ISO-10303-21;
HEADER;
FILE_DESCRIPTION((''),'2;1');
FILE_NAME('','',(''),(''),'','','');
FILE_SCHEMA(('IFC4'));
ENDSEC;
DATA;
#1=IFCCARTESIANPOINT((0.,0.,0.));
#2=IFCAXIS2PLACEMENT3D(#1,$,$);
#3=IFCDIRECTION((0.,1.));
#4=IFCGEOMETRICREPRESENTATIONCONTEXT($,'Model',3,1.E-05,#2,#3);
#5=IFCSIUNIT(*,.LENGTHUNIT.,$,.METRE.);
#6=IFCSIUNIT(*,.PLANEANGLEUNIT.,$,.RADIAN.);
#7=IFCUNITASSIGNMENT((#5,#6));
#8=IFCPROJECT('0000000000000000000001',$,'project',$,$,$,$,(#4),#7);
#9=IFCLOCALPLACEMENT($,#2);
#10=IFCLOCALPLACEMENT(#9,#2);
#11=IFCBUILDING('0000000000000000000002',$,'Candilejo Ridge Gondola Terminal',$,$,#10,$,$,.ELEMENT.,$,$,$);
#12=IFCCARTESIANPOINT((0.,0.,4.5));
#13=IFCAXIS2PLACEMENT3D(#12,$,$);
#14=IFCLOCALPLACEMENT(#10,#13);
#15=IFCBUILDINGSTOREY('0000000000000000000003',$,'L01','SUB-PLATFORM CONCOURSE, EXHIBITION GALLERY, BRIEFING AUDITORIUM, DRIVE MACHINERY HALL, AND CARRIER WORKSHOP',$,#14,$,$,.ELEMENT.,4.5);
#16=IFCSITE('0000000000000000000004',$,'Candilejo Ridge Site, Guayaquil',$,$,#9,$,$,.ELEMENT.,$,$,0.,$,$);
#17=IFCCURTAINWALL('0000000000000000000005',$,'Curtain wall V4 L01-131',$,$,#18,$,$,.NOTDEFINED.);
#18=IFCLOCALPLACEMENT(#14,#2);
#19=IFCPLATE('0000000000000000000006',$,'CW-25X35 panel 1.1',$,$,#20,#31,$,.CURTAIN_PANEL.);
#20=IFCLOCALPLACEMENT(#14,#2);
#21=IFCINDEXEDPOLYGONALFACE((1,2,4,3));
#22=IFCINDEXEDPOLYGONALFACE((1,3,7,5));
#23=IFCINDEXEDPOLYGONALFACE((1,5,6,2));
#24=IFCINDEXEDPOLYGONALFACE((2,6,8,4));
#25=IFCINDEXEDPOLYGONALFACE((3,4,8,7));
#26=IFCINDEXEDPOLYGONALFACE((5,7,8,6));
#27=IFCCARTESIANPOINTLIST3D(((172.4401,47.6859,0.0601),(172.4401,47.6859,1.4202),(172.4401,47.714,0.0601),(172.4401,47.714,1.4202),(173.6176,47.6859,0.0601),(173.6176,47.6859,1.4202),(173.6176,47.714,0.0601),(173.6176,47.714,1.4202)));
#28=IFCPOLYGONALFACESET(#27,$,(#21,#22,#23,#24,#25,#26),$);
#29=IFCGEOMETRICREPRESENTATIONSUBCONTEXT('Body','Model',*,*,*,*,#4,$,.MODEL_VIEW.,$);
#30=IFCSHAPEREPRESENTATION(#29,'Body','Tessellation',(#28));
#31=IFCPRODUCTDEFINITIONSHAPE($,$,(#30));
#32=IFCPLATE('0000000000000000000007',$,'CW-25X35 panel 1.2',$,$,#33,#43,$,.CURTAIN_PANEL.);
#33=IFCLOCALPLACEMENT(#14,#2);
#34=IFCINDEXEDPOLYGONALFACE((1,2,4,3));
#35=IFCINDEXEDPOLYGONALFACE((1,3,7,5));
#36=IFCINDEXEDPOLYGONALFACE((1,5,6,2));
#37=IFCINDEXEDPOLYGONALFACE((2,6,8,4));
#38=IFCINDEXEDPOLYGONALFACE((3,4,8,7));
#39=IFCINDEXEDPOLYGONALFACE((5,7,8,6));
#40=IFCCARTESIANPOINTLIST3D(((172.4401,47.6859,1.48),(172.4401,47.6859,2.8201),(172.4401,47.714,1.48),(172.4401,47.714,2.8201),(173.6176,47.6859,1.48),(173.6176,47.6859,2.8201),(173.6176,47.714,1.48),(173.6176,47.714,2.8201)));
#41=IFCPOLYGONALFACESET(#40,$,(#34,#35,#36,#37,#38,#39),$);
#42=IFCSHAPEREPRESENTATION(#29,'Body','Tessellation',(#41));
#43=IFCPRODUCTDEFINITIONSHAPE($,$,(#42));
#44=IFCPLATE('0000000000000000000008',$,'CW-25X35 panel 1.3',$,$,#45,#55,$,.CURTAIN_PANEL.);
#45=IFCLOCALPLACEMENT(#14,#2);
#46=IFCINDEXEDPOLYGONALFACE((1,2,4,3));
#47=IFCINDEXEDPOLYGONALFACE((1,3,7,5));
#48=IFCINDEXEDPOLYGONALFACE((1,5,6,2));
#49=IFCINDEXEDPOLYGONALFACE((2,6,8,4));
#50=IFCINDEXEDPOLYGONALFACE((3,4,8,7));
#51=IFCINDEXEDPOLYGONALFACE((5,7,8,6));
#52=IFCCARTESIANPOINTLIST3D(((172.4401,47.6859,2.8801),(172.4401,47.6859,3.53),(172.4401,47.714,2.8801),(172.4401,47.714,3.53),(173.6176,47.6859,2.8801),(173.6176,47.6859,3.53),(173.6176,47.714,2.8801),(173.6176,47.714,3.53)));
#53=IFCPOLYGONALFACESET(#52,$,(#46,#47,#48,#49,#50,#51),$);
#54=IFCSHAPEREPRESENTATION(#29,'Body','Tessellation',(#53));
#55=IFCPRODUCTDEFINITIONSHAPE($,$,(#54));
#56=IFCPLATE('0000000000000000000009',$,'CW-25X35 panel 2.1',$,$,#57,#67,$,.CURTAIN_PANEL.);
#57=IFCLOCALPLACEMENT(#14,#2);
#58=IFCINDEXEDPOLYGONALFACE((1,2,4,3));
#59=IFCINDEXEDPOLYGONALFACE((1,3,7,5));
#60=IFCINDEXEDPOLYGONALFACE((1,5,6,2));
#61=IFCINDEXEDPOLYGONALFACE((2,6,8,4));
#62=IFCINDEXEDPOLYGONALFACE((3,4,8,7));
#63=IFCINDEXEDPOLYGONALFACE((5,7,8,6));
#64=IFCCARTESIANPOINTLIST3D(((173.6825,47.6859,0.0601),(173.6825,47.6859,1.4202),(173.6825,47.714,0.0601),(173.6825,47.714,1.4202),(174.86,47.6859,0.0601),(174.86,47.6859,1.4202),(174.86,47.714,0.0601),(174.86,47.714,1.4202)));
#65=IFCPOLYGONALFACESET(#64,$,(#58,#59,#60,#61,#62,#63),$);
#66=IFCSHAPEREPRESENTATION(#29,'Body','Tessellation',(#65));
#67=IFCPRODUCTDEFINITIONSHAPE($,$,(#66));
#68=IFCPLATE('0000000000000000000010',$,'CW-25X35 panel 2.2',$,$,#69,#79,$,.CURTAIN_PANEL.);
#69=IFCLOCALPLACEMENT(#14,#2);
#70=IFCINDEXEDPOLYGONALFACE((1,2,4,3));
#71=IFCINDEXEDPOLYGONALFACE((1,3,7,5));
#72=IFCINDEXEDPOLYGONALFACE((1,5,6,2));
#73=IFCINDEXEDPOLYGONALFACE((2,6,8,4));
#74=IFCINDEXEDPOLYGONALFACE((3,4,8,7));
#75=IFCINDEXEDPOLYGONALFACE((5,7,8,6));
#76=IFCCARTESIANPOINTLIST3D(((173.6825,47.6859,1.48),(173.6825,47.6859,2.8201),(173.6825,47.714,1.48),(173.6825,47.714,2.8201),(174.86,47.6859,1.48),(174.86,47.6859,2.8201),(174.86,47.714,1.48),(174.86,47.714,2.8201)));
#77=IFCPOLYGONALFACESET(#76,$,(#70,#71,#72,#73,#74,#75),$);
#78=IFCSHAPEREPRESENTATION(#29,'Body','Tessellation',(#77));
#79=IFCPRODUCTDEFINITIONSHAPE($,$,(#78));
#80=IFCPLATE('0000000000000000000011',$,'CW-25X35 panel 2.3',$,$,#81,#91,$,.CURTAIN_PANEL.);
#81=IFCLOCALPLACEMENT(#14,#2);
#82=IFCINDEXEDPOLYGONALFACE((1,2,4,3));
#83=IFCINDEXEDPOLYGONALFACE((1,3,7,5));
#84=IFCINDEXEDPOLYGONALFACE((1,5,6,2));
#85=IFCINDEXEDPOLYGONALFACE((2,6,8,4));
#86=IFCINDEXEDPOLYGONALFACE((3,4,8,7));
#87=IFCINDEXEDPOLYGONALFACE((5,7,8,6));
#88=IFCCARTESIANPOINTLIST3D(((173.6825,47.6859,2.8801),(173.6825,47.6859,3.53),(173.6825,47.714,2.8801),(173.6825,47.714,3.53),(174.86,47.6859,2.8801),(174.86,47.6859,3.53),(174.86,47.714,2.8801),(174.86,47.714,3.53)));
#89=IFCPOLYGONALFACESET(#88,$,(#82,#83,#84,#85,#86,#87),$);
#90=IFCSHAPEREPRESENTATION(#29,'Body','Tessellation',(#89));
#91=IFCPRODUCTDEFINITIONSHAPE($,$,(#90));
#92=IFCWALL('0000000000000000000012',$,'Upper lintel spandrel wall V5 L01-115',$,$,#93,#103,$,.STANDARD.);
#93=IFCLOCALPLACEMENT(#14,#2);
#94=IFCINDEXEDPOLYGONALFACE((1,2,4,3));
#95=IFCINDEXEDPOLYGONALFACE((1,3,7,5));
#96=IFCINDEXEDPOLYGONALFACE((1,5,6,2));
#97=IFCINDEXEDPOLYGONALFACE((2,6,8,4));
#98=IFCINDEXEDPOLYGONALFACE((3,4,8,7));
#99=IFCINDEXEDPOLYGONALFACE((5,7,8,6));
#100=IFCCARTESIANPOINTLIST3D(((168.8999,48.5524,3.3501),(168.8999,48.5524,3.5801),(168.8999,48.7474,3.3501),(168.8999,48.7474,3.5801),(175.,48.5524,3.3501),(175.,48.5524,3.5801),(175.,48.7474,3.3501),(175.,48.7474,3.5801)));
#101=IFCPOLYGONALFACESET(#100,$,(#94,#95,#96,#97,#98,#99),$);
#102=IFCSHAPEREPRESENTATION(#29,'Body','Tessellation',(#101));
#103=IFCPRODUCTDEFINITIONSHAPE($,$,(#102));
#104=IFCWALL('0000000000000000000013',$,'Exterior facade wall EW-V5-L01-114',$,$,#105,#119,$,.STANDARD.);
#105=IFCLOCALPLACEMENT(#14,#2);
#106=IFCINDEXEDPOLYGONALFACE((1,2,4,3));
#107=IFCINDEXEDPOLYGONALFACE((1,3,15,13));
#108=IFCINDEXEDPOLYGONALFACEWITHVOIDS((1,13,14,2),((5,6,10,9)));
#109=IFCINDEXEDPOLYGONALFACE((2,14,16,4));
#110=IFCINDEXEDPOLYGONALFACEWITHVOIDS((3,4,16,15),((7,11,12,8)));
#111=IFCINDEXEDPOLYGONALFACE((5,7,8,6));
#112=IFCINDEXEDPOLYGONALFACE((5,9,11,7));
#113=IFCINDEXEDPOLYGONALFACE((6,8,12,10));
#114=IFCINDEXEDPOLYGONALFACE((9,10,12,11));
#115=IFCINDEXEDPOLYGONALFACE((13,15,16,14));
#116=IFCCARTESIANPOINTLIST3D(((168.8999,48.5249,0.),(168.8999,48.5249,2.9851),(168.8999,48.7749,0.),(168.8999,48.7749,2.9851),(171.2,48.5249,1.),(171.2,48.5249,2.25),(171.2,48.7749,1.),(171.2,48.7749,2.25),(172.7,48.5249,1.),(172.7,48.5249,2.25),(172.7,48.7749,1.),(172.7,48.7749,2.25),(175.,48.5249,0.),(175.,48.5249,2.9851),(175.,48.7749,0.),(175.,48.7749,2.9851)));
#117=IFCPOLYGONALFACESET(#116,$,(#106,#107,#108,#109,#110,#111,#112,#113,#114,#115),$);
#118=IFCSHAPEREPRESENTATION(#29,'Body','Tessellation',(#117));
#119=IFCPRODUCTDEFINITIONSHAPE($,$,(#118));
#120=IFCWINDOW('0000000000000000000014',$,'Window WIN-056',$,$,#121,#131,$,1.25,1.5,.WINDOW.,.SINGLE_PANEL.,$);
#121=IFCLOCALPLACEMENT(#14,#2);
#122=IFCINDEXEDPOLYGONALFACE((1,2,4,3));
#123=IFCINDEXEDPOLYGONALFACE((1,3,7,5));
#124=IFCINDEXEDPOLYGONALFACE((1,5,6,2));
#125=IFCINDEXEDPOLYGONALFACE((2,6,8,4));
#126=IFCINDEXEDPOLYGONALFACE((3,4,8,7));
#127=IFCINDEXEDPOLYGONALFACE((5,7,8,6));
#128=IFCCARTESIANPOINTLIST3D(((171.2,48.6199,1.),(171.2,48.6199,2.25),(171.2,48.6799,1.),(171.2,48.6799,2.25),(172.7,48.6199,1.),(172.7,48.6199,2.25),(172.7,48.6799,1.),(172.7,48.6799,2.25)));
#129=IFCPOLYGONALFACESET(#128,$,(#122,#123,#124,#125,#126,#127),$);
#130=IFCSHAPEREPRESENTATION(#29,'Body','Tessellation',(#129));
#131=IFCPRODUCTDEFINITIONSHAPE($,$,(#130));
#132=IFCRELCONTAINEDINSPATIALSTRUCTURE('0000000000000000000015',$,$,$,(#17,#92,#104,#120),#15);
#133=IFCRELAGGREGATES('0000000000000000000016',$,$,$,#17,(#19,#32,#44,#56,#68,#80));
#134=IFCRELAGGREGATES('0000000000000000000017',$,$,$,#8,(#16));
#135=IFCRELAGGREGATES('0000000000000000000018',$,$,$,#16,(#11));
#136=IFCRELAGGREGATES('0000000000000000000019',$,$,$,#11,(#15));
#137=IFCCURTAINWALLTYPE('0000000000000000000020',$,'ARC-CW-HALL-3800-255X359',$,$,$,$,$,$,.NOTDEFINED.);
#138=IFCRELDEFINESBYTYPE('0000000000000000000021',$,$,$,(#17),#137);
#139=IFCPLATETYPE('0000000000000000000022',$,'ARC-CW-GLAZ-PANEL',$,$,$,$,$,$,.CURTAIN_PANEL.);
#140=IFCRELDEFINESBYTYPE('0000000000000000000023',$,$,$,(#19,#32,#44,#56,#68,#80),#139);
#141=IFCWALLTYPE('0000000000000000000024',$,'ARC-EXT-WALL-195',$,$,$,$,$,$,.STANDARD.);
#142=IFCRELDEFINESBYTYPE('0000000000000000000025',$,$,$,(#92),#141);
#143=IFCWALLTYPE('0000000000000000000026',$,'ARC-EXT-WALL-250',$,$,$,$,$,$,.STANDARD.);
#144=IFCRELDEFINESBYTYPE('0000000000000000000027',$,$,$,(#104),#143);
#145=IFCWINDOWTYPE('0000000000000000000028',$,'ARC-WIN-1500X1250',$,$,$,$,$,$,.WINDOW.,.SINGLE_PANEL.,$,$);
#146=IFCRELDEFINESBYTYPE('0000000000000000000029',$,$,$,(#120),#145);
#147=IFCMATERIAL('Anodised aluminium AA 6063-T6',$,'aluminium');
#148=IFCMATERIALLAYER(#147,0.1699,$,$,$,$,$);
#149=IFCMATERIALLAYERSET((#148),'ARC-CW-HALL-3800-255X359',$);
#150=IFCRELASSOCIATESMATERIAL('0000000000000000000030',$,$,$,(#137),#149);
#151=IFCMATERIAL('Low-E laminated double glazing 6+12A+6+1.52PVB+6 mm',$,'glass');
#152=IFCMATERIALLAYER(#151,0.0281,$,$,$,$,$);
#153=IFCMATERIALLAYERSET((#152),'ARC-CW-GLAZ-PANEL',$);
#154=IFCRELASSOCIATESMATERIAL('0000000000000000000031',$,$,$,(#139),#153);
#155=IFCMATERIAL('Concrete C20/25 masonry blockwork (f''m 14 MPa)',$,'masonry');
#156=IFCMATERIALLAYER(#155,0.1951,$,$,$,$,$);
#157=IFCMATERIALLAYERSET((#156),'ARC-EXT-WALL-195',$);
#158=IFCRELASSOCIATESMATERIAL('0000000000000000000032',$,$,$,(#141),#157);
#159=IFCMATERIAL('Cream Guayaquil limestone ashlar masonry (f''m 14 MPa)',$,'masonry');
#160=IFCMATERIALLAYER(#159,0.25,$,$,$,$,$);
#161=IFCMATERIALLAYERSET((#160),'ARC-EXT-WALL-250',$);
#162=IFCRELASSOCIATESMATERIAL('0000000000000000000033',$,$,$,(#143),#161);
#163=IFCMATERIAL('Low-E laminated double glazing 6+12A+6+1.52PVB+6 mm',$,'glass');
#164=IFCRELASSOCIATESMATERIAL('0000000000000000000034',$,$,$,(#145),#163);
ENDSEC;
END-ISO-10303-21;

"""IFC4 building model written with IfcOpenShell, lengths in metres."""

from ifc_helpers import new_model, si_unit, direction, frame, frame_2d, origin, origin_2d, place, context, subcontext, project, spatial, rectangle, extrude, material, layer, layer_set, type_object, element, fill, aggregate, save


model = new_model("IFC4")

# Units and contexts
model_context = context("Model", 3, precision=1e-05, world=origin(), true_north=direction((0.0, 1.0)))
body_context = subcontext(model_context, "Body", "Model", "MODEL_VIEW")
ifc_project = project(units=[si_unit("LENGTHUNIT", "METRE"), si_unit("PLANEANGLEUNIT", "RADIAN")], contexts=[model_context])

# Site, building, storey
site_placement = place(None, origin())
site = spatial("IfcSite", under=ifc_project, at=site_placement, Name="Candilejo Ridge Site, Guayaquil", CompositionType="ELEMENT", RefElevation=0.0)
building_placement = place(site_placement, origin())
building = spatial("IfcBuilding", under=site, at=building_placement, Name="Candilejo Ridge Gondola Terminal", CompositionType="ELEMENT")
storey_placement = place(building_placement, frame((0.0, 0.0, 4.5)))
storey = spatial("IfcBuildingStorey", under=building, at=storey_placement, Name="L01", Description="SUB-PLATFORM CONCOURSE, EXHIBITION GALLERY, BRIEFING AUDITORIUM, DRIVE MACHINERY HALL, AND CARRIER WORKSHOP", CompositionType="ELEMENT", Elevation=4.5)

# Curtain wall
ifc_material_1 = material(Name="Anodised aluminium AA 6063-T6", Category="aluminium")
ifc_layer_1 = layer(ifc_material_1, 0.1699)
ifc_layer_set_1 = layer_set([ifc_layer_1], Name="ARC-CW-HALL-3800-255X359")
curtain_wall_type = type_object("IfcCurtainWallType", Name="ARC-CW-HALL-3800-255X359", PredefinedType="NOTDEFINED", material=ifc_layer_set_1)
curtain_wall_placement = place(storey_placement, origin())
curtain_wall = element("IfcCurtainWall", 1, at=curtain_wall_placement, inside=storey, type_object=curtain_wall_type, Name="Curtain wall V4 L01-131", PredefinedType="NOTDEFINED")

# Plates
ifc_material_2 = material(Name="Low-E laminated double glazing 6+12A+6+1.52PVB+6 mm", Category="glass")
ifc_layer_2 = layer(ifc_material_2, 0.0281)
ifc_layer_set_2 = layer_set([ifc_layer_2], Name="ARC-CW-GLAZ-PANEL")
plate_type = type_object("IfcPlateType", Name="ARC-CW-GLAZ-PANEL", PredefinedType="CURTAIN_PANEL", material=ifc_layer_set_2)
plate_1_placement = place(storey_placement, frame((173.0288, 47.7, 0.0601), z_axis=(0.0, 0.0, 1.0), x_axis=(1.0, 0.0, 0.0)))
plate_1 = element("IfcPlate", 2, at=plate_1_placement, type_object=plate_type, Name="CW-25X35 panel 1.1", PredefinedType="CURTAIN_PANEL", context=body_context, shape_type="SweptSolid", body=[
    extrude(rectangle(XDim=1.1775, YDim=0.0281, at=origin_2d()), origin(), (0.0, 0.0, 1.0), 1.3601),
])
plate_2_placement = place(storey_placement, frame((173.0288, 47.7, 1.48), z_axis=(0.0, 0.0, 1.0), x_axis=(1.0, 0.0, 0.0)))
plate_2 = element("IfcPlate", 3, at=plate_2_placement, type_object=plate_type, Name="CW-25X35 panel 1.2", PredefinedType="CURTAIN_PANEL", context=body_context, shape_type="SweptSolid", body=[
    extrude(rectangle(XDim=1.1775, YDim=0.0281, at=origin_2d()), origin(), (0.0, 0.0, 1.0), 1.3401),
])
plate_3_placement = place(storey_placement, frame((173.0288, 47.7, 2.8801), z_axis=(0.0, 0.0, 1.0), x_axis=(1.0, 0.0, 0.0)))
plate_3 = element("IfcPlate", 4, at=plate_3_placement, type_object=plate_type, Name="CW-25X35 panel 1.3", PredefinedType="CURTAIN_PANEL", context=body_context, shape_type="SweptSolid", body=[
    extrude(rectangle(XDim=1.1775, YDim=0.0281, at=origin_2d()), origin(), (0.0, 0.0, 1.0), 0.6499),
])
plate_4_placement = place(storey_placement, frame((174.2712, 47.7, 0.0601), z_axis=(0.0, 0.0, 1.0), x_axis=(1.0, 0.0, 0.0)))
plate_4 = element("IfcPlate", 5, at=plate_4_placement, type_object=plate_type, Name="CW-25X35 panel 2.1", PredefinedType="CURTAIN_PANEL", context=body_context, shape_type="SweptSolid", body=[
    extrude(rectangle(XDim=1.1775, YDim=0.0281, at=origin_2d()), origin(), (0.0, 0.0, 1.0), 1.3601),
])
plate_5_placement = place(storey_placement, frame((174.2712, 47.7, 1.48), z_axis=(0.0, 0.0, 1.0), x_axis=(1.0, 0.0, 0.0)))
plate_5 = element("IfcPlate", 6, at=plate_5_placement, type_object=plate_type, Name="CW-25X35 panel 2.2", PredefinedType="CURTAIN_PANEL", context=body_context, shape_type="SweptSolid", body=[
    extrude(rectangle(XDim=1.1775, YDim=0.0281, at=origin_2d()), origin(), (0.0, 0.0, 1.0), 1.3401),
])
plate_6_placement = place(storey_placement, frame((174.2712, 47.7, 2.8801), z_axis=(0.0, 0.0, 1.0), x_axis=(1.0, 0.0, 0.0)))
plate_6 = element("IfcPlate", 7, at=plate_6_placement, type_object=plate_type, Name="CW-25X35 panel 2.3", PredefinedType="CURTAIN_PANEL", context=body_context, shape_type="SweptSolid", body=[
    extrude(rectangle(XDim=1.1775, YDim=0.0281, at=origin_2d()), origin(), (0.0, 0.0, 1.0), 0.6499),
])
aggregate(curtain_wall, [plate_1, plate_2, plate_3, plate_4, plate_5, plate_6])

# Wall
ifc_material_3 = material(Name="Concrete C20/25 masonry blockwork (f'm 14 MPa)", Category="masonry")
ifc_layer_3 = layer(ifc_material_3, 0.1951)
ifc_layer_set_3 = layer_set([ifc_layer_3], Name="ARC-EXT-WALL-195")
wall_type_1 = type_object("IfcWallType", Name="ARC-EXT-WALL-195", PredefinedType="STANDARD", material=ifc_layer_set_3)
wall_1_placement = place(storey_placement, frame((175.0, 48.6499, 3.3501), z_axis=(0.0, 0.0, 1.0), x_axis=(-1.0, 0.0, 0.0)))
element("IfcWall", 8, at=wall_1_placement, inside=storey, type_object=wall_type_1, Name="Upper lintel spandrel wall V5 L01-115", PredefinedType="STANDARD", context=body_context, shape_type="SweptSolid", body=[
    extrude(rectangle(XDim=6.1001, YDim=0.1951, at=frame_2d((3.05, 0.0))), origin(), (0.0, 0.0, 1.0), 0.23),
])

# Wall, opening, window
ifc_material_4 = material(Name="Cream Guayaquil limestone ashlar masonry (f'm 14 MPa)", Category="masonry")
ifc_layer_4 = layer(ifc_material_4, 0.25)
ifc_layer_set_4 = layer_set([ifc_layer_4], Name="ARC-EXT-WALL-250")
wall_type_2 = type_object("IfcWallType", Name="ARC-EXT-WALL-250", PredefinedType="STANDARD", material=ifc_layer_set_4)
wall_2_placement = place(storey_placement, frame((175.0, 48.6499, 0.0), z_axis=(0.0, 0.0, 1.0), x_axis=(-1.0, 0.0, 0.0)))
wall_2 = element("IfcWall", 9, at=wall_2_placement, inside=storey, type_object=wall_type_2, Name="Exterior facade wall EW-V5-L01-114", PredefinedType="STANDARD", context=body_context, shape_type="SweptSolid", body=[
    extrude(rectangle(XDim=6.1001, YDim=0.25, at=frame_2d((3.05, 0.0))), origin(), (0.0, 0.0, 1.0), 2.9851),
])
opening_placement = place(wall_2_placement, frame((2.3, 0.0, 1.0)))
opening = element("IfcOpeningElement", 10, at=opening_placement, cuts=wall_2, PredefinedType="OPENING", context=body_context, shape_type="SweptSolid", body=[
    extrude(rectangle(XDim=1.5, YDim=1.25, at=frame_2d((0.75, 0.625))), frame((0.0, 0.135, 0.0), z_axis=(0.0, -1.0, 0.0), x_axis=(1.0, 0.0, 0.0)), (0.0, 0.0, 1.0), 0.27),
])
ifc_material_5 = material(Name="Low-E laminated double glazing 6+12A+6+1.52PVB+6 mm", Category="glass")
window_type = type_object("IfcWindowType", Name="ARC-WIN-1500X1250", PartitioningType="SINGLE_PANEL", PredefinedType="WINDOW", material=ifc_material_5)
window_placement = place(opening_placement, origin())
window = element("IfcWindow", 11, at=window_placement, inside=storey, type_object=window_type, Name="Window WIN-056", OverallHeight=1.25, OverallWidth=1.5, PartitioningType="SINGLE_PANEL", PredefinedType="WINDOW", context=body_context, shape_type="SweptSolid", body=[
    extrude(rectangle(XDim=1.5, YDim=1.25, at=frame_2d((0.75, 0.625))), frame((0.0, 0.03, 0.0), z_axis=(0.0, -1.0, 0.0), x_axis=(1.0, 0.0, 0.0)), (0.0, 0.0, 1.0), 0.0601),
])
fill(opening, window)

save(model, "model.ifc")
